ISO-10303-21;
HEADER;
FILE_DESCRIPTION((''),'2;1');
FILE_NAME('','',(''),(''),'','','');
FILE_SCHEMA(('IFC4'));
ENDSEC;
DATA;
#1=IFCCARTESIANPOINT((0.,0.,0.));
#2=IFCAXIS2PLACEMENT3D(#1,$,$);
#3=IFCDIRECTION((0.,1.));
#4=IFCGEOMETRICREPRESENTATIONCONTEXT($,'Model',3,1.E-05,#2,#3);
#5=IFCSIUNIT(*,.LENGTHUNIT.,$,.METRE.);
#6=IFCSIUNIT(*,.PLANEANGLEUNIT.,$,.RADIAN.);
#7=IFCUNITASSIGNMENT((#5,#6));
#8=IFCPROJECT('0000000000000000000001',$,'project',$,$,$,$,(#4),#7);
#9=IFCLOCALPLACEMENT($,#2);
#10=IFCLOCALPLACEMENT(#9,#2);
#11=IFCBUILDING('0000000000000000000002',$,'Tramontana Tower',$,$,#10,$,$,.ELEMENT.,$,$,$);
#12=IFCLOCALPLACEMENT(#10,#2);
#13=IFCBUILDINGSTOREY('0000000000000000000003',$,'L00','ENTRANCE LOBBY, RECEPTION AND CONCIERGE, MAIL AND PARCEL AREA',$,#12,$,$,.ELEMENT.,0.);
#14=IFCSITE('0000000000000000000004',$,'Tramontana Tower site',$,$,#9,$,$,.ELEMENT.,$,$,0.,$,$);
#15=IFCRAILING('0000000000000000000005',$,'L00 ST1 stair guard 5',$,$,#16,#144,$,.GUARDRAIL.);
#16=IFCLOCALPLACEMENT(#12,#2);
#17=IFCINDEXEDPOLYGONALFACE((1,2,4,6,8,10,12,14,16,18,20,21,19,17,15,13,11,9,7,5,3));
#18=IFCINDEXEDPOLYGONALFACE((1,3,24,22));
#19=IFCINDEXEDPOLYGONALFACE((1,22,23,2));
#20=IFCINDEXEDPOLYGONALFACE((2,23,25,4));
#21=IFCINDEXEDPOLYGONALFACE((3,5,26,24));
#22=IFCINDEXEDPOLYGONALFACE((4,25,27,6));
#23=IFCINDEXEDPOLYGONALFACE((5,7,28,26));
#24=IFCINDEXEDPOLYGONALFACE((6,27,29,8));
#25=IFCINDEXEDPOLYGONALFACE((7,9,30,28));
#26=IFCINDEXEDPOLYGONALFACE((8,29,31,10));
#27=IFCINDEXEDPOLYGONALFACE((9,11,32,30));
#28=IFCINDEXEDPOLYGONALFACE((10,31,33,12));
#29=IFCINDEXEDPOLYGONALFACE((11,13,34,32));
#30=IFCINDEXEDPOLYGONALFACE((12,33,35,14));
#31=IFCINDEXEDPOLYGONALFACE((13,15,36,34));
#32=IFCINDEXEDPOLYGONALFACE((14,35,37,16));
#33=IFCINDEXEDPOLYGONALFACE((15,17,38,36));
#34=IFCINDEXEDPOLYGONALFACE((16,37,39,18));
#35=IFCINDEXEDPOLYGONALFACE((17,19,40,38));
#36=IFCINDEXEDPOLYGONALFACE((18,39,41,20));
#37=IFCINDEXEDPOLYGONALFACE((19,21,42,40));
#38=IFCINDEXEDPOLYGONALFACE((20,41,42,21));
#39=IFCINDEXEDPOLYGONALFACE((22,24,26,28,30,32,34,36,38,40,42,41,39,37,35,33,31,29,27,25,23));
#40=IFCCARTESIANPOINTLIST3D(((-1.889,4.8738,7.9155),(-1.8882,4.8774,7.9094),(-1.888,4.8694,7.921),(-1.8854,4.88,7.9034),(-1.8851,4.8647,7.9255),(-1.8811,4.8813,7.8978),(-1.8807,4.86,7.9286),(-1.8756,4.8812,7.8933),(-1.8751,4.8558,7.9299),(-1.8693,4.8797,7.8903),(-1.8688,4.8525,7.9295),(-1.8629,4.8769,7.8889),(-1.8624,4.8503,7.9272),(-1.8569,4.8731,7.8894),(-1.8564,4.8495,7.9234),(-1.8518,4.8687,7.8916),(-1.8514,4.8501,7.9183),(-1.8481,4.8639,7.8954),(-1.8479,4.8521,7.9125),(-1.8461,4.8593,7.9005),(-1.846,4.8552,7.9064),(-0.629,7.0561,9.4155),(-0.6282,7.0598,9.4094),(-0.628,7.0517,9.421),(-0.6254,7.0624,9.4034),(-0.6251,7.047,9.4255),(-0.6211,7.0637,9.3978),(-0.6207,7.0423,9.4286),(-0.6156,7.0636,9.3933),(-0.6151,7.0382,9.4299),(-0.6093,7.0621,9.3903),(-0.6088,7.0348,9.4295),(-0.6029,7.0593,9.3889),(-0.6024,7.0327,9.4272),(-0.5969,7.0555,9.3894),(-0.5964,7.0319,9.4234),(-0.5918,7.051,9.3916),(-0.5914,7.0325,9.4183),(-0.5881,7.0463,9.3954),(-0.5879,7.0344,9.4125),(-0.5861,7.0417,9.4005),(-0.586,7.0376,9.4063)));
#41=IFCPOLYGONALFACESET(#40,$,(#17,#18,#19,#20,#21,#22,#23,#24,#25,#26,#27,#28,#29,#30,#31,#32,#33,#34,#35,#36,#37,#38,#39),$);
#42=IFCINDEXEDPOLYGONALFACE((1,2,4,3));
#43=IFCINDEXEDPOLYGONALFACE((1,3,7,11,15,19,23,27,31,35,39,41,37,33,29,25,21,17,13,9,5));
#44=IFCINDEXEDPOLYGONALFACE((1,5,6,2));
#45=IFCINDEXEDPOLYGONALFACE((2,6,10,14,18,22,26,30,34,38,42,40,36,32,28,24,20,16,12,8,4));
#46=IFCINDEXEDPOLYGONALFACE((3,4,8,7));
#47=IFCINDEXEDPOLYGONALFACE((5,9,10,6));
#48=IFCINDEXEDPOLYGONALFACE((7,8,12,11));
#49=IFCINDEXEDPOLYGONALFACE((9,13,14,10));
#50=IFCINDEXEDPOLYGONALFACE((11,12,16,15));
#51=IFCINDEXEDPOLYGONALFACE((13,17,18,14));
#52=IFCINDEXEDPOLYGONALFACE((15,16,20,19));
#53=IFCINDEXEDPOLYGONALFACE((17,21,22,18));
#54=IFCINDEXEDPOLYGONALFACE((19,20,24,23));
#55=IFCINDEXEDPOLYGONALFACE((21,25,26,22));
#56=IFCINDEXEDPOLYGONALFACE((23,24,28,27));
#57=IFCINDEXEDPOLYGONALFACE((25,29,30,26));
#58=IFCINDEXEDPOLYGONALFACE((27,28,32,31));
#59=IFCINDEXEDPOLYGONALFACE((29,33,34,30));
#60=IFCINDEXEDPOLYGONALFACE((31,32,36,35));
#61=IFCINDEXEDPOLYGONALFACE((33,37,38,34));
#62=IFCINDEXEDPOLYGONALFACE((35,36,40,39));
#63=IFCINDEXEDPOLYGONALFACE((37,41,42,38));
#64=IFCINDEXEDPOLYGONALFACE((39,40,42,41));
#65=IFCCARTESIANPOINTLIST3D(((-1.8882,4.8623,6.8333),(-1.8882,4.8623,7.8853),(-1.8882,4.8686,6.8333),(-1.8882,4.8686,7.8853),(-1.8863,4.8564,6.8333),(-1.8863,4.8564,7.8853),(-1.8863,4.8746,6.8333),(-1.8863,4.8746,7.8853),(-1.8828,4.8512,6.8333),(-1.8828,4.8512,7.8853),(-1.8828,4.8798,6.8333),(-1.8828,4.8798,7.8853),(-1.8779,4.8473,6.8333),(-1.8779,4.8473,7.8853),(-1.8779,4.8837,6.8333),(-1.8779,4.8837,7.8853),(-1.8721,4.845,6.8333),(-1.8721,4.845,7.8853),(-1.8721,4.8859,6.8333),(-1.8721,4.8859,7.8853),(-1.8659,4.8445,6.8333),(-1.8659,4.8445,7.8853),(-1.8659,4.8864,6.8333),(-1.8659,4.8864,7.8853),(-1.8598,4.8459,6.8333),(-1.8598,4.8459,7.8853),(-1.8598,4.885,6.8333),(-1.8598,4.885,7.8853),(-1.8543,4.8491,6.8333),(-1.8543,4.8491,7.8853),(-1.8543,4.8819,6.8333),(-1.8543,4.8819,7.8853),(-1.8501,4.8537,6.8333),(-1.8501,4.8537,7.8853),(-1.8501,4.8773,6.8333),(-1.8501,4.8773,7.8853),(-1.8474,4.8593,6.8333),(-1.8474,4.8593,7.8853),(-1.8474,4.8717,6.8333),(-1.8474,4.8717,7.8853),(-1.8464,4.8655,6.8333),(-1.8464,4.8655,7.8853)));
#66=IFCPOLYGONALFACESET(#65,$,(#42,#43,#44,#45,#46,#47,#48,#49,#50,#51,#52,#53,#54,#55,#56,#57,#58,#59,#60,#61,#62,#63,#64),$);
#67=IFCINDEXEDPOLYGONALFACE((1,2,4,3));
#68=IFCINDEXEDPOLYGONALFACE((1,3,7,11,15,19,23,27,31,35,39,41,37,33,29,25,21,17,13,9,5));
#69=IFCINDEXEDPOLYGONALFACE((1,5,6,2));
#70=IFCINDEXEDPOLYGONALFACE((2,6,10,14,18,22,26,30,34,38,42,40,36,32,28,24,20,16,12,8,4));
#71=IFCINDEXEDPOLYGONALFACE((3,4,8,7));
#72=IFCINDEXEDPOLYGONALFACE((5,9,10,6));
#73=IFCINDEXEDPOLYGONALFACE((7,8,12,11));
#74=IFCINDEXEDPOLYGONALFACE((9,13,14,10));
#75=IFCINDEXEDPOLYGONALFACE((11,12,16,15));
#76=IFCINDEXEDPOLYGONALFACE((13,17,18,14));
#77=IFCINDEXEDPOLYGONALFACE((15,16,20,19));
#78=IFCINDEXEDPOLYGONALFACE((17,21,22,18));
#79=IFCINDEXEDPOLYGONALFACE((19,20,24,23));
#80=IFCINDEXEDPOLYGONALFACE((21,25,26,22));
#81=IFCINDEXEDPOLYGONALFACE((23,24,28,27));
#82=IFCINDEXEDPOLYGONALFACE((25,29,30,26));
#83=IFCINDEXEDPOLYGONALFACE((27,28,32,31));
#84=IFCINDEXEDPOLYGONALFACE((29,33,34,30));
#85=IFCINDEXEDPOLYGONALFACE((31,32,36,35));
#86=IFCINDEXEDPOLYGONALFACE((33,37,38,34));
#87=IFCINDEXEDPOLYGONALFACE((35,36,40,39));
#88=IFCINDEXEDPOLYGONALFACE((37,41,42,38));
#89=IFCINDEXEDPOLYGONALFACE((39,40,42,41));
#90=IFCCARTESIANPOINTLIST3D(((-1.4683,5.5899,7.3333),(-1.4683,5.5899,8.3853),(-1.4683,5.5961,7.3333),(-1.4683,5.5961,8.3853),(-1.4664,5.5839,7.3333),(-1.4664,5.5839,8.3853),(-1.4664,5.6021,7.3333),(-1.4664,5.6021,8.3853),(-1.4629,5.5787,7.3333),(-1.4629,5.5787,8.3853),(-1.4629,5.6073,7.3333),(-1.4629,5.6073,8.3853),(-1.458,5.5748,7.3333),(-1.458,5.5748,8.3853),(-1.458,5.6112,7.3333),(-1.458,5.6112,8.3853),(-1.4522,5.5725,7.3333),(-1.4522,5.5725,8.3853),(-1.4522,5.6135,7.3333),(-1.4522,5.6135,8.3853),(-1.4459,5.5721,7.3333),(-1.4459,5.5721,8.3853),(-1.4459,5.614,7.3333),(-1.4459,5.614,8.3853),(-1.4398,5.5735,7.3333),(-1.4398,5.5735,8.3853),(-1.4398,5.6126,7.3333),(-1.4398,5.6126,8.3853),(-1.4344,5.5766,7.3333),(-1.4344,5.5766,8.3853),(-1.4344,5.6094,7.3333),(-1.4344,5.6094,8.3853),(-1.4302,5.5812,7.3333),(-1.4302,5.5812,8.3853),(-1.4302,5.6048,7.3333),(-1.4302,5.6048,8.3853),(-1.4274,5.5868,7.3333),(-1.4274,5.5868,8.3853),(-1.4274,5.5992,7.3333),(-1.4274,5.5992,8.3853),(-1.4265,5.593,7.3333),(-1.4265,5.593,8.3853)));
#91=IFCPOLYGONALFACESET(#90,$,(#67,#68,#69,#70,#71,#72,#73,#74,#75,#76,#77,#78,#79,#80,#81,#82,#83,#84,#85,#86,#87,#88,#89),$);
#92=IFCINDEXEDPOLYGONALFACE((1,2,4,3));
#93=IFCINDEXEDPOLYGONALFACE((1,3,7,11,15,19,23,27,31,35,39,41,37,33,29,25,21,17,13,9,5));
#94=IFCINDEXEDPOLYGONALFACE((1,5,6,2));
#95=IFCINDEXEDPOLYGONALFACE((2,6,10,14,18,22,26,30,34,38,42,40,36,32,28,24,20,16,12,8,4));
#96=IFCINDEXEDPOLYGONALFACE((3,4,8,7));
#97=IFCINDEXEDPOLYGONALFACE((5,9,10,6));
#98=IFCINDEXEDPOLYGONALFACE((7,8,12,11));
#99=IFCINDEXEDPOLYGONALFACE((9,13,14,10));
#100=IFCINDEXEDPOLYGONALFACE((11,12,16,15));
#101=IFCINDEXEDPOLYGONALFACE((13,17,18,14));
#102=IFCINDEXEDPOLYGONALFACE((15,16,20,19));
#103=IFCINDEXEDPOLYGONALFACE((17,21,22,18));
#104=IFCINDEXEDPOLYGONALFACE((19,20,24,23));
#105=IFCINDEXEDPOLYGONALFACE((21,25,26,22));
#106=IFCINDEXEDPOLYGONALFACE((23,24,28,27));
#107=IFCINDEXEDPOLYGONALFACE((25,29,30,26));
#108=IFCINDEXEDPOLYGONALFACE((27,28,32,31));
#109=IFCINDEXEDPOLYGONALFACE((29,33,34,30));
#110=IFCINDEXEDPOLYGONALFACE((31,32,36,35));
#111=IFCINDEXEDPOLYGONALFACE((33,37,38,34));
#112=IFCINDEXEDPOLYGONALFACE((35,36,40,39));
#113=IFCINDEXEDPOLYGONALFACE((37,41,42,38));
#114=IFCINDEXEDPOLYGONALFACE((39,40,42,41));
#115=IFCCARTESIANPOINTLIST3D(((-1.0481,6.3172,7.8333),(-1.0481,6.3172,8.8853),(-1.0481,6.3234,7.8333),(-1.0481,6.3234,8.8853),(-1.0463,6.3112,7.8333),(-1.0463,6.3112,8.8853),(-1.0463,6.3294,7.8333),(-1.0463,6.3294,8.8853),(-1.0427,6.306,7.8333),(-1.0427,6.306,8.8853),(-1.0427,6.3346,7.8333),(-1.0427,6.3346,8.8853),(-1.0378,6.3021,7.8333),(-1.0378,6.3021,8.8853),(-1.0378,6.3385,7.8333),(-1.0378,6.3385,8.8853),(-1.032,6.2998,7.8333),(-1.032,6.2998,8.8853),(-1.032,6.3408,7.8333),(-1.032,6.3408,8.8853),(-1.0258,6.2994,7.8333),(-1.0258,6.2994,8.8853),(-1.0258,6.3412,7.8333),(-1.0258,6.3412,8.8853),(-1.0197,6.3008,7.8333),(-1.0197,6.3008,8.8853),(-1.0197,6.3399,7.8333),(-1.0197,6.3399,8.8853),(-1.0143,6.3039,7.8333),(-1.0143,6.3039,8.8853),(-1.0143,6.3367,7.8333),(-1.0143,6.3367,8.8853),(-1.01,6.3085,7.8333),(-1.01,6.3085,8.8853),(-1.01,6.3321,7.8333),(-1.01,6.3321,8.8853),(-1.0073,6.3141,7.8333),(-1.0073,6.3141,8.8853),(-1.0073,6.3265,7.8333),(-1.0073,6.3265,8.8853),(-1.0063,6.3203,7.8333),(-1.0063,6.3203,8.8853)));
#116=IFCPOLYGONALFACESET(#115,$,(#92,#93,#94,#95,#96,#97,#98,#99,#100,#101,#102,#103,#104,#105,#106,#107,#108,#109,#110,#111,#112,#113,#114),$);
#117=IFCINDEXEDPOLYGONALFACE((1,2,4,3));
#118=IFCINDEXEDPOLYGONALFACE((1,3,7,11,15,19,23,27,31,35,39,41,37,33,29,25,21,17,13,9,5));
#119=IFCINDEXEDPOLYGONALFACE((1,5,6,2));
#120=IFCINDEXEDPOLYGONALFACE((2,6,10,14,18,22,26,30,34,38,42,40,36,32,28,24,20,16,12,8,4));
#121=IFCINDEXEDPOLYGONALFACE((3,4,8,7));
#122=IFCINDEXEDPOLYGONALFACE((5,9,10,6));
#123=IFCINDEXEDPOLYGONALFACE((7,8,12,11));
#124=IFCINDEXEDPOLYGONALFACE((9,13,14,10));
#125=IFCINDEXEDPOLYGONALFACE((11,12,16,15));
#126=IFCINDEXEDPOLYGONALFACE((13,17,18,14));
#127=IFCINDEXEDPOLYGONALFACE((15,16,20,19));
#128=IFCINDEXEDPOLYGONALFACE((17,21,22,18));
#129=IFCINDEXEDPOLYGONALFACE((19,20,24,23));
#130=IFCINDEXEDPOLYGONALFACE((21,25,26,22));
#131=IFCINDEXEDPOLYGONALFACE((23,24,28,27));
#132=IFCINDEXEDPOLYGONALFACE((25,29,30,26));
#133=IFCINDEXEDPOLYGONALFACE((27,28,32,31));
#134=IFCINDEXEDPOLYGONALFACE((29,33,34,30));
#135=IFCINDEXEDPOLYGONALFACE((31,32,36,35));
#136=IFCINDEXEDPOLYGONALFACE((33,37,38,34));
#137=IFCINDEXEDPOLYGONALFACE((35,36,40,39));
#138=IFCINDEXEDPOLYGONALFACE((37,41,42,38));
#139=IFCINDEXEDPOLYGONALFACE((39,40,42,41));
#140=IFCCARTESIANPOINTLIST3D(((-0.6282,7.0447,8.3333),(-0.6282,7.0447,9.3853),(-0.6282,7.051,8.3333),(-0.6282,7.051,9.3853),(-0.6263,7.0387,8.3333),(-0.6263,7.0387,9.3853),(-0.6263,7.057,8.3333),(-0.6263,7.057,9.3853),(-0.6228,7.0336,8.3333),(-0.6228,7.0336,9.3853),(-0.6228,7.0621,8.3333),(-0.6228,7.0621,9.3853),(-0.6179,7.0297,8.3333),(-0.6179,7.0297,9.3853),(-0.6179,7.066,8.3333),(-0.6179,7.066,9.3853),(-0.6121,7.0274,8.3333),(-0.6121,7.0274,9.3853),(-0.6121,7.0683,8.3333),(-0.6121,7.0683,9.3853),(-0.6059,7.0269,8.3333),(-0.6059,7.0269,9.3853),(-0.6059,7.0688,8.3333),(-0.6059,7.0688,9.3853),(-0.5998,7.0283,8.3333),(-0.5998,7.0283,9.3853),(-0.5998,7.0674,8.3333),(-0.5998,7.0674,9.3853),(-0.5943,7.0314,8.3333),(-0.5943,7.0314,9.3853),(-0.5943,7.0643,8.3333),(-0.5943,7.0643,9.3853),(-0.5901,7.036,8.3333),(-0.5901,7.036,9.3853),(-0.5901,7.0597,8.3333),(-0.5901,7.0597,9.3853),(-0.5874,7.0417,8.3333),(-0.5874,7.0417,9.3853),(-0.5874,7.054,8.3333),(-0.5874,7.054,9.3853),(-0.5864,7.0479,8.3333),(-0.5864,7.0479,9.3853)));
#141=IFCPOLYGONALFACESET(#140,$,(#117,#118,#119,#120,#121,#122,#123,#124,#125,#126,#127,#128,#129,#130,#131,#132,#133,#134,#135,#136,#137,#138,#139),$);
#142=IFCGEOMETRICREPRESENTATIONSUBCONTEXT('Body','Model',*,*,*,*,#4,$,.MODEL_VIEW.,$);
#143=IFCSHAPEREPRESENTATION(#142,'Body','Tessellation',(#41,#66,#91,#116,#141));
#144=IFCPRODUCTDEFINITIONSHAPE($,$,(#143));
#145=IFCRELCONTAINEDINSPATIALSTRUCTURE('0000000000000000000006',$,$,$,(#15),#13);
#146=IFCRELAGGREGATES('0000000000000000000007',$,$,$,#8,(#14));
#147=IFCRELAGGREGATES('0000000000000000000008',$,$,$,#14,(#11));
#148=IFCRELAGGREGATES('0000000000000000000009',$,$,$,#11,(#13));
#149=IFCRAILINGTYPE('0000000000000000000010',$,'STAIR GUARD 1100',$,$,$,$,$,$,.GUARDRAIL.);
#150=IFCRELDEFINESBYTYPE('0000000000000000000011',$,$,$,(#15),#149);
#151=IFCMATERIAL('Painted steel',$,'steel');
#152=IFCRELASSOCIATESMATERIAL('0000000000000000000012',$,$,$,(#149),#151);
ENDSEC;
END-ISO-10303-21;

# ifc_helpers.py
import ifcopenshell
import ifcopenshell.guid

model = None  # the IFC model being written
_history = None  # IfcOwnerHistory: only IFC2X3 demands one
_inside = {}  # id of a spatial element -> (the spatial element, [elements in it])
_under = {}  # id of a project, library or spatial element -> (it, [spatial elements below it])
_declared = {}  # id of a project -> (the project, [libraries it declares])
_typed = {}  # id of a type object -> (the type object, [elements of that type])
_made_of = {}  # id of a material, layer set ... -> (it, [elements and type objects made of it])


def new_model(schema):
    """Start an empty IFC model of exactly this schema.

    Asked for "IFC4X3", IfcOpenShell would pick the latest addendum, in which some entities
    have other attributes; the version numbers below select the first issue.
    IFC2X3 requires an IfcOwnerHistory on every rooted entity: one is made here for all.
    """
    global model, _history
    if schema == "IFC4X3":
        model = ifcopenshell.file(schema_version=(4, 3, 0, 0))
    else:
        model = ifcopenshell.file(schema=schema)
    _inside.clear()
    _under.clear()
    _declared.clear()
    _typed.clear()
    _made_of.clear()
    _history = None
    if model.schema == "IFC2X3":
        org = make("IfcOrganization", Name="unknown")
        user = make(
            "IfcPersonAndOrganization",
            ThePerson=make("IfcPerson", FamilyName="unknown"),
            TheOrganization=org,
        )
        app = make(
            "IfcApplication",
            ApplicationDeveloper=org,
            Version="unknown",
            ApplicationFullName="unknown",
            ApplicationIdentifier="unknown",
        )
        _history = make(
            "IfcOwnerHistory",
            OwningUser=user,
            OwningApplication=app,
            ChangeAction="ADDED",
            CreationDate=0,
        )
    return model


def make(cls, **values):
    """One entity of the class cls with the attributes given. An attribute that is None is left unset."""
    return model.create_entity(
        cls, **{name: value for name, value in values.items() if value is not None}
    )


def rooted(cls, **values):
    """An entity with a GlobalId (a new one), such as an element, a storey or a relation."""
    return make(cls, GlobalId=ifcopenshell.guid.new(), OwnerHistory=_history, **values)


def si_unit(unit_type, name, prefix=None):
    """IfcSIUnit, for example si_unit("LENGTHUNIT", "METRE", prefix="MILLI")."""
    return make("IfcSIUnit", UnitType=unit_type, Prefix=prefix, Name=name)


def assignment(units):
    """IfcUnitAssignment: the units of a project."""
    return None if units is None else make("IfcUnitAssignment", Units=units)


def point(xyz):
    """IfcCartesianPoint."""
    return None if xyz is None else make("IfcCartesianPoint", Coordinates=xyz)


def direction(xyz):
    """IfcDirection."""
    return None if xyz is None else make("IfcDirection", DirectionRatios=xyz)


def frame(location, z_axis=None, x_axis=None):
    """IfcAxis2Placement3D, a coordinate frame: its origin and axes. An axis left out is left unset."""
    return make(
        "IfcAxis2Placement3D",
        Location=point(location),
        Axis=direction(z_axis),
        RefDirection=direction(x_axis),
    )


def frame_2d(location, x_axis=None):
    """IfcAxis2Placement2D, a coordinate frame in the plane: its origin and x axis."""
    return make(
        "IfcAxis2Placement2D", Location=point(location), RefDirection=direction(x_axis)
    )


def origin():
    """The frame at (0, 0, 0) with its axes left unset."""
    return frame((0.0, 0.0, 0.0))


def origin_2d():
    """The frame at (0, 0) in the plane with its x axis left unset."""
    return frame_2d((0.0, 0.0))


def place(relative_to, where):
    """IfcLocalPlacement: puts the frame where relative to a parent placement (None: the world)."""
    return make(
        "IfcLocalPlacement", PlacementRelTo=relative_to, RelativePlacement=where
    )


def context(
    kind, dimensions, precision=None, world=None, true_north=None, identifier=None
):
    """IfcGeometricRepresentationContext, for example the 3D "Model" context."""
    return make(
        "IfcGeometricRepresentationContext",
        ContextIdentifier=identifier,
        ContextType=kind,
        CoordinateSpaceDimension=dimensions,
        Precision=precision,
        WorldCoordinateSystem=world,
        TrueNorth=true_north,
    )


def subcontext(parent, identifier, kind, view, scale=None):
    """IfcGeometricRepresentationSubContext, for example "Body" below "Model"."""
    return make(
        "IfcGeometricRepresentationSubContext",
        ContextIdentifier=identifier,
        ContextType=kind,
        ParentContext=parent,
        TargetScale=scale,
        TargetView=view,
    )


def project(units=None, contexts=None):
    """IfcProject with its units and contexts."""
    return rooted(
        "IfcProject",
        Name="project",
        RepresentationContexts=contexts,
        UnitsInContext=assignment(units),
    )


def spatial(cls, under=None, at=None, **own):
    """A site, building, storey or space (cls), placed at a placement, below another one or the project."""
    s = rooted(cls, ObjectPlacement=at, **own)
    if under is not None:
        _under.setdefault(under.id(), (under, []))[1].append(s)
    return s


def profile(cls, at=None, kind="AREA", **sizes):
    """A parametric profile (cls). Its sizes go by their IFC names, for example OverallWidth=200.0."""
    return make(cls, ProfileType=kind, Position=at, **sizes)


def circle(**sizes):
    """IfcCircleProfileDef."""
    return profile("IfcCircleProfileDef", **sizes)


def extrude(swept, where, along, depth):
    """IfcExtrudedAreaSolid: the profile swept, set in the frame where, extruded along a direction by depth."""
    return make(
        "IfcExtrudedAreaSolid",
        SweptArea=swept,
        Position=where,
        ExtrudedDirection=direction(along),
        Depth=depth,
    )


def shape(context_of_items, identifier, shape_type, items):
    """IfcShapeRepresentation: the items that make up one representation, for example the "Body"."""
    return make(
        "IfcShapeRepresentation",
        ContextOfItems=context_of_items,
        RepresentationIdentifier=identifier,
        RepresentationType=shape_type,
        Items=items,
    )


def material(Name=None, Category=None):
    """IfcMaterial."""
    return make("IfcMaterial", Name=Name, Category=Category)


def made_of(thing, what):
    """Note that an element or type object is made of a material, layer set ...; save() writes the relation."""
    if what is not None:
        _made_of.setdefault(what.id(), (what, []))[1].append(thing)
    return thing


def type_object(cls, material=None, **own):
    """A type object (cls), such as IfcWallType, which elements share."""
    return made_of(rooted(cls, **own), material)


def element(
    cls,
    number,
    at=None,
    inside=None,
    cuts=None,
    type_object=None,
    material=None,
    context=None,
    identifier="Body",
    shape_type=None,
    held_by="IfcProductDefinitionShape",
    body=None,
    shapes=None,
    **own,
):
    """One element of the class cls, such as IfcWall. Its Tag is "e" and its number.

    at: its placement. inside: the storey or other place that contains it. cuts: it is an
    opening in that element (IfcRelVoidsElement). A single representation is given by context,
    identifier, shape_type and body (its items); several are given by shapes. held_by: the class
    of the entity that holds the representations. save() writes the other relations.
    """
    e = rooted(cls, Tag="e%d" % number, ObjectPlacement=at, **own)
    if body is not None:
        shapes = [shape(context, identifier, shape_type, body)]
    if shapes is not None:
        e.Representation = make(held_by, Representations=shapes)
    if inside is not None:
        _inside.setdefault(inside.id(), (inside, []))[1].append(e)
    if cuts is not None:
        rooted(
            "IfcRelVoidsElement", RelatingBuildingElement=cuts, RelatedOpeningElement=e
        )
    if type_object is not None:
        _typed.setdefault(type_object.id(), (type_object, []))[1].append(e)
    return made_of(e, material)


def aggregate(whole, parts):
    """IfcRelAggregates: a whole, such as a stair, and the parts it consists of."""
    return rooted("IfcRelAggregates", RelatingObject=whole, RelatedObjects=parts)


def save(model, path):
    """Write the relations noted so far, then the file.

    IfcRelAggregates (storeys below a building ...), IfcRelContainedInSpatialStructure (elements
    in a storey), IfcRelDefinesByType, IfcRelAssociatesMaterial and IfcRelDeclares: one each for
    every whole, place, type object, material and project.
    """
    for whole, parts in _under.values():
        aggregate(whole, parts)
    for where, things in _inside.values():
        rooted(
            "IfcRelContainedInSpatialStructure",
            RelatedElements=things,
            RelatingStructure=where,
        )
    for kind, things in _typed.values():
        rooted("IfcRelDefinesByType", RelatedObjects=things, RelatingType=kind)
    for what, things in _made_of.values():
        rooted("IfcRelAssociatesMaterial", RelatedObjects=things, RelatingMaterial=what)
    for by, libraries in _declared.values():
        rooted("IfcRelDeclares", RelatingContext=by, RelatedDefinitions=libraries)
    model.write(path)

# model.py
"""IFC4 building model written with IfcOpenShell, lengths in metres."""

from ifc_helpers import new_model, si_unit, direction, frame, origin, origin_2d, place, context, subcontext, project, spatial, circle, extrude, material, type_object, element, save


model = new_model("IFC4")

# Units and contexts
model_context = context("Model", 3, precision=1e-05, world=origin(), true_north=direction((0.0, 1.0)))
body_context = subcontext(model_context, "Body", "Model", "MODEL_VIEW")
ifc_project = project(units=[si_unit("LENGTHUNIT", "METRE"), si_unit("PLANEANGLEUNIT", "RADIAN")], contexts=[model_context])

# Site, building, storey
site_placement = place(None, origin())
site = spatial("IfcSite", under=ifc_project, at=site_placement, Name="Tramontana Tower site", CompositionType="ELEMENT", RefElevation=0.0)
building_placement = place(site_placement, origin())
building = spatial("IfcBuilding", under=site, at=building_placement, Name="Tramontana Tower", CompositionType="ELEMENT")
storey_placement = place(building_placement, origin())
storey = spatial("IfcBuildingStorey", under=building, at=storey_placement, Name="L00", Description="ENTRANCE LOBBY, RECEPTION AND CONCIERGE, MAIL AND PARCEL AREA", CompositionType="ELEMENT", Elevation=0.0)

# Railing
ifc_material_1 = material(Name="Painted steel", Category="steel")
railing_type_1 = type_object("IfcRailingType", Name="STAIR GUARD 1100", PredefinedType="GUARDRAIL", material=ifc_material_1)
for number, where, name in (
    (1, (-1.8674, 4.8655, 6.8333), "L00 ST1 stair guard 5"),
):
    element("IfcRailing", number, at=place(storey_placement, frame(where)), inside=storey, type_object=railing_type_1, Name=name, PredefinedType="GUARDRAIL", context=body_context, shape_type="SweptSolid", body=[
        extrude(circle(Radius=0.0239, at=origin_2d()), frame((0.0, 0.0, 1.0762), z_axis=(0.42965, 0.744167, 0.511485), x_axis=(-0.866023, 0.500005, 0.0)), (0.0, 0.0, 1.0), 2.9326),
        extrude(circle(Radius=0.021, at=origin_2d()), origin(), (0.0, 0.0, 1.0), 1.052),
        extrude(circle(Radius=0.021, at=origin_2d()), frame((0.4199, 0.7275, 0.5)), (0.0, 0.0, 1.0), 1.052),
        extrude(circle(Radius=0.021, at=origin_2d()), frame((0.8401, 1.4548, 1.0)), (0.0, 0.0, 1.0), 1.052),
        extrude(circle(Radius=0.021, at=origin_2d()), frame((1.26, 2.1824, 1.5)), (0.0, 0.0, 1.0), 1.052),
    ])

save(model, "model.ifc")
